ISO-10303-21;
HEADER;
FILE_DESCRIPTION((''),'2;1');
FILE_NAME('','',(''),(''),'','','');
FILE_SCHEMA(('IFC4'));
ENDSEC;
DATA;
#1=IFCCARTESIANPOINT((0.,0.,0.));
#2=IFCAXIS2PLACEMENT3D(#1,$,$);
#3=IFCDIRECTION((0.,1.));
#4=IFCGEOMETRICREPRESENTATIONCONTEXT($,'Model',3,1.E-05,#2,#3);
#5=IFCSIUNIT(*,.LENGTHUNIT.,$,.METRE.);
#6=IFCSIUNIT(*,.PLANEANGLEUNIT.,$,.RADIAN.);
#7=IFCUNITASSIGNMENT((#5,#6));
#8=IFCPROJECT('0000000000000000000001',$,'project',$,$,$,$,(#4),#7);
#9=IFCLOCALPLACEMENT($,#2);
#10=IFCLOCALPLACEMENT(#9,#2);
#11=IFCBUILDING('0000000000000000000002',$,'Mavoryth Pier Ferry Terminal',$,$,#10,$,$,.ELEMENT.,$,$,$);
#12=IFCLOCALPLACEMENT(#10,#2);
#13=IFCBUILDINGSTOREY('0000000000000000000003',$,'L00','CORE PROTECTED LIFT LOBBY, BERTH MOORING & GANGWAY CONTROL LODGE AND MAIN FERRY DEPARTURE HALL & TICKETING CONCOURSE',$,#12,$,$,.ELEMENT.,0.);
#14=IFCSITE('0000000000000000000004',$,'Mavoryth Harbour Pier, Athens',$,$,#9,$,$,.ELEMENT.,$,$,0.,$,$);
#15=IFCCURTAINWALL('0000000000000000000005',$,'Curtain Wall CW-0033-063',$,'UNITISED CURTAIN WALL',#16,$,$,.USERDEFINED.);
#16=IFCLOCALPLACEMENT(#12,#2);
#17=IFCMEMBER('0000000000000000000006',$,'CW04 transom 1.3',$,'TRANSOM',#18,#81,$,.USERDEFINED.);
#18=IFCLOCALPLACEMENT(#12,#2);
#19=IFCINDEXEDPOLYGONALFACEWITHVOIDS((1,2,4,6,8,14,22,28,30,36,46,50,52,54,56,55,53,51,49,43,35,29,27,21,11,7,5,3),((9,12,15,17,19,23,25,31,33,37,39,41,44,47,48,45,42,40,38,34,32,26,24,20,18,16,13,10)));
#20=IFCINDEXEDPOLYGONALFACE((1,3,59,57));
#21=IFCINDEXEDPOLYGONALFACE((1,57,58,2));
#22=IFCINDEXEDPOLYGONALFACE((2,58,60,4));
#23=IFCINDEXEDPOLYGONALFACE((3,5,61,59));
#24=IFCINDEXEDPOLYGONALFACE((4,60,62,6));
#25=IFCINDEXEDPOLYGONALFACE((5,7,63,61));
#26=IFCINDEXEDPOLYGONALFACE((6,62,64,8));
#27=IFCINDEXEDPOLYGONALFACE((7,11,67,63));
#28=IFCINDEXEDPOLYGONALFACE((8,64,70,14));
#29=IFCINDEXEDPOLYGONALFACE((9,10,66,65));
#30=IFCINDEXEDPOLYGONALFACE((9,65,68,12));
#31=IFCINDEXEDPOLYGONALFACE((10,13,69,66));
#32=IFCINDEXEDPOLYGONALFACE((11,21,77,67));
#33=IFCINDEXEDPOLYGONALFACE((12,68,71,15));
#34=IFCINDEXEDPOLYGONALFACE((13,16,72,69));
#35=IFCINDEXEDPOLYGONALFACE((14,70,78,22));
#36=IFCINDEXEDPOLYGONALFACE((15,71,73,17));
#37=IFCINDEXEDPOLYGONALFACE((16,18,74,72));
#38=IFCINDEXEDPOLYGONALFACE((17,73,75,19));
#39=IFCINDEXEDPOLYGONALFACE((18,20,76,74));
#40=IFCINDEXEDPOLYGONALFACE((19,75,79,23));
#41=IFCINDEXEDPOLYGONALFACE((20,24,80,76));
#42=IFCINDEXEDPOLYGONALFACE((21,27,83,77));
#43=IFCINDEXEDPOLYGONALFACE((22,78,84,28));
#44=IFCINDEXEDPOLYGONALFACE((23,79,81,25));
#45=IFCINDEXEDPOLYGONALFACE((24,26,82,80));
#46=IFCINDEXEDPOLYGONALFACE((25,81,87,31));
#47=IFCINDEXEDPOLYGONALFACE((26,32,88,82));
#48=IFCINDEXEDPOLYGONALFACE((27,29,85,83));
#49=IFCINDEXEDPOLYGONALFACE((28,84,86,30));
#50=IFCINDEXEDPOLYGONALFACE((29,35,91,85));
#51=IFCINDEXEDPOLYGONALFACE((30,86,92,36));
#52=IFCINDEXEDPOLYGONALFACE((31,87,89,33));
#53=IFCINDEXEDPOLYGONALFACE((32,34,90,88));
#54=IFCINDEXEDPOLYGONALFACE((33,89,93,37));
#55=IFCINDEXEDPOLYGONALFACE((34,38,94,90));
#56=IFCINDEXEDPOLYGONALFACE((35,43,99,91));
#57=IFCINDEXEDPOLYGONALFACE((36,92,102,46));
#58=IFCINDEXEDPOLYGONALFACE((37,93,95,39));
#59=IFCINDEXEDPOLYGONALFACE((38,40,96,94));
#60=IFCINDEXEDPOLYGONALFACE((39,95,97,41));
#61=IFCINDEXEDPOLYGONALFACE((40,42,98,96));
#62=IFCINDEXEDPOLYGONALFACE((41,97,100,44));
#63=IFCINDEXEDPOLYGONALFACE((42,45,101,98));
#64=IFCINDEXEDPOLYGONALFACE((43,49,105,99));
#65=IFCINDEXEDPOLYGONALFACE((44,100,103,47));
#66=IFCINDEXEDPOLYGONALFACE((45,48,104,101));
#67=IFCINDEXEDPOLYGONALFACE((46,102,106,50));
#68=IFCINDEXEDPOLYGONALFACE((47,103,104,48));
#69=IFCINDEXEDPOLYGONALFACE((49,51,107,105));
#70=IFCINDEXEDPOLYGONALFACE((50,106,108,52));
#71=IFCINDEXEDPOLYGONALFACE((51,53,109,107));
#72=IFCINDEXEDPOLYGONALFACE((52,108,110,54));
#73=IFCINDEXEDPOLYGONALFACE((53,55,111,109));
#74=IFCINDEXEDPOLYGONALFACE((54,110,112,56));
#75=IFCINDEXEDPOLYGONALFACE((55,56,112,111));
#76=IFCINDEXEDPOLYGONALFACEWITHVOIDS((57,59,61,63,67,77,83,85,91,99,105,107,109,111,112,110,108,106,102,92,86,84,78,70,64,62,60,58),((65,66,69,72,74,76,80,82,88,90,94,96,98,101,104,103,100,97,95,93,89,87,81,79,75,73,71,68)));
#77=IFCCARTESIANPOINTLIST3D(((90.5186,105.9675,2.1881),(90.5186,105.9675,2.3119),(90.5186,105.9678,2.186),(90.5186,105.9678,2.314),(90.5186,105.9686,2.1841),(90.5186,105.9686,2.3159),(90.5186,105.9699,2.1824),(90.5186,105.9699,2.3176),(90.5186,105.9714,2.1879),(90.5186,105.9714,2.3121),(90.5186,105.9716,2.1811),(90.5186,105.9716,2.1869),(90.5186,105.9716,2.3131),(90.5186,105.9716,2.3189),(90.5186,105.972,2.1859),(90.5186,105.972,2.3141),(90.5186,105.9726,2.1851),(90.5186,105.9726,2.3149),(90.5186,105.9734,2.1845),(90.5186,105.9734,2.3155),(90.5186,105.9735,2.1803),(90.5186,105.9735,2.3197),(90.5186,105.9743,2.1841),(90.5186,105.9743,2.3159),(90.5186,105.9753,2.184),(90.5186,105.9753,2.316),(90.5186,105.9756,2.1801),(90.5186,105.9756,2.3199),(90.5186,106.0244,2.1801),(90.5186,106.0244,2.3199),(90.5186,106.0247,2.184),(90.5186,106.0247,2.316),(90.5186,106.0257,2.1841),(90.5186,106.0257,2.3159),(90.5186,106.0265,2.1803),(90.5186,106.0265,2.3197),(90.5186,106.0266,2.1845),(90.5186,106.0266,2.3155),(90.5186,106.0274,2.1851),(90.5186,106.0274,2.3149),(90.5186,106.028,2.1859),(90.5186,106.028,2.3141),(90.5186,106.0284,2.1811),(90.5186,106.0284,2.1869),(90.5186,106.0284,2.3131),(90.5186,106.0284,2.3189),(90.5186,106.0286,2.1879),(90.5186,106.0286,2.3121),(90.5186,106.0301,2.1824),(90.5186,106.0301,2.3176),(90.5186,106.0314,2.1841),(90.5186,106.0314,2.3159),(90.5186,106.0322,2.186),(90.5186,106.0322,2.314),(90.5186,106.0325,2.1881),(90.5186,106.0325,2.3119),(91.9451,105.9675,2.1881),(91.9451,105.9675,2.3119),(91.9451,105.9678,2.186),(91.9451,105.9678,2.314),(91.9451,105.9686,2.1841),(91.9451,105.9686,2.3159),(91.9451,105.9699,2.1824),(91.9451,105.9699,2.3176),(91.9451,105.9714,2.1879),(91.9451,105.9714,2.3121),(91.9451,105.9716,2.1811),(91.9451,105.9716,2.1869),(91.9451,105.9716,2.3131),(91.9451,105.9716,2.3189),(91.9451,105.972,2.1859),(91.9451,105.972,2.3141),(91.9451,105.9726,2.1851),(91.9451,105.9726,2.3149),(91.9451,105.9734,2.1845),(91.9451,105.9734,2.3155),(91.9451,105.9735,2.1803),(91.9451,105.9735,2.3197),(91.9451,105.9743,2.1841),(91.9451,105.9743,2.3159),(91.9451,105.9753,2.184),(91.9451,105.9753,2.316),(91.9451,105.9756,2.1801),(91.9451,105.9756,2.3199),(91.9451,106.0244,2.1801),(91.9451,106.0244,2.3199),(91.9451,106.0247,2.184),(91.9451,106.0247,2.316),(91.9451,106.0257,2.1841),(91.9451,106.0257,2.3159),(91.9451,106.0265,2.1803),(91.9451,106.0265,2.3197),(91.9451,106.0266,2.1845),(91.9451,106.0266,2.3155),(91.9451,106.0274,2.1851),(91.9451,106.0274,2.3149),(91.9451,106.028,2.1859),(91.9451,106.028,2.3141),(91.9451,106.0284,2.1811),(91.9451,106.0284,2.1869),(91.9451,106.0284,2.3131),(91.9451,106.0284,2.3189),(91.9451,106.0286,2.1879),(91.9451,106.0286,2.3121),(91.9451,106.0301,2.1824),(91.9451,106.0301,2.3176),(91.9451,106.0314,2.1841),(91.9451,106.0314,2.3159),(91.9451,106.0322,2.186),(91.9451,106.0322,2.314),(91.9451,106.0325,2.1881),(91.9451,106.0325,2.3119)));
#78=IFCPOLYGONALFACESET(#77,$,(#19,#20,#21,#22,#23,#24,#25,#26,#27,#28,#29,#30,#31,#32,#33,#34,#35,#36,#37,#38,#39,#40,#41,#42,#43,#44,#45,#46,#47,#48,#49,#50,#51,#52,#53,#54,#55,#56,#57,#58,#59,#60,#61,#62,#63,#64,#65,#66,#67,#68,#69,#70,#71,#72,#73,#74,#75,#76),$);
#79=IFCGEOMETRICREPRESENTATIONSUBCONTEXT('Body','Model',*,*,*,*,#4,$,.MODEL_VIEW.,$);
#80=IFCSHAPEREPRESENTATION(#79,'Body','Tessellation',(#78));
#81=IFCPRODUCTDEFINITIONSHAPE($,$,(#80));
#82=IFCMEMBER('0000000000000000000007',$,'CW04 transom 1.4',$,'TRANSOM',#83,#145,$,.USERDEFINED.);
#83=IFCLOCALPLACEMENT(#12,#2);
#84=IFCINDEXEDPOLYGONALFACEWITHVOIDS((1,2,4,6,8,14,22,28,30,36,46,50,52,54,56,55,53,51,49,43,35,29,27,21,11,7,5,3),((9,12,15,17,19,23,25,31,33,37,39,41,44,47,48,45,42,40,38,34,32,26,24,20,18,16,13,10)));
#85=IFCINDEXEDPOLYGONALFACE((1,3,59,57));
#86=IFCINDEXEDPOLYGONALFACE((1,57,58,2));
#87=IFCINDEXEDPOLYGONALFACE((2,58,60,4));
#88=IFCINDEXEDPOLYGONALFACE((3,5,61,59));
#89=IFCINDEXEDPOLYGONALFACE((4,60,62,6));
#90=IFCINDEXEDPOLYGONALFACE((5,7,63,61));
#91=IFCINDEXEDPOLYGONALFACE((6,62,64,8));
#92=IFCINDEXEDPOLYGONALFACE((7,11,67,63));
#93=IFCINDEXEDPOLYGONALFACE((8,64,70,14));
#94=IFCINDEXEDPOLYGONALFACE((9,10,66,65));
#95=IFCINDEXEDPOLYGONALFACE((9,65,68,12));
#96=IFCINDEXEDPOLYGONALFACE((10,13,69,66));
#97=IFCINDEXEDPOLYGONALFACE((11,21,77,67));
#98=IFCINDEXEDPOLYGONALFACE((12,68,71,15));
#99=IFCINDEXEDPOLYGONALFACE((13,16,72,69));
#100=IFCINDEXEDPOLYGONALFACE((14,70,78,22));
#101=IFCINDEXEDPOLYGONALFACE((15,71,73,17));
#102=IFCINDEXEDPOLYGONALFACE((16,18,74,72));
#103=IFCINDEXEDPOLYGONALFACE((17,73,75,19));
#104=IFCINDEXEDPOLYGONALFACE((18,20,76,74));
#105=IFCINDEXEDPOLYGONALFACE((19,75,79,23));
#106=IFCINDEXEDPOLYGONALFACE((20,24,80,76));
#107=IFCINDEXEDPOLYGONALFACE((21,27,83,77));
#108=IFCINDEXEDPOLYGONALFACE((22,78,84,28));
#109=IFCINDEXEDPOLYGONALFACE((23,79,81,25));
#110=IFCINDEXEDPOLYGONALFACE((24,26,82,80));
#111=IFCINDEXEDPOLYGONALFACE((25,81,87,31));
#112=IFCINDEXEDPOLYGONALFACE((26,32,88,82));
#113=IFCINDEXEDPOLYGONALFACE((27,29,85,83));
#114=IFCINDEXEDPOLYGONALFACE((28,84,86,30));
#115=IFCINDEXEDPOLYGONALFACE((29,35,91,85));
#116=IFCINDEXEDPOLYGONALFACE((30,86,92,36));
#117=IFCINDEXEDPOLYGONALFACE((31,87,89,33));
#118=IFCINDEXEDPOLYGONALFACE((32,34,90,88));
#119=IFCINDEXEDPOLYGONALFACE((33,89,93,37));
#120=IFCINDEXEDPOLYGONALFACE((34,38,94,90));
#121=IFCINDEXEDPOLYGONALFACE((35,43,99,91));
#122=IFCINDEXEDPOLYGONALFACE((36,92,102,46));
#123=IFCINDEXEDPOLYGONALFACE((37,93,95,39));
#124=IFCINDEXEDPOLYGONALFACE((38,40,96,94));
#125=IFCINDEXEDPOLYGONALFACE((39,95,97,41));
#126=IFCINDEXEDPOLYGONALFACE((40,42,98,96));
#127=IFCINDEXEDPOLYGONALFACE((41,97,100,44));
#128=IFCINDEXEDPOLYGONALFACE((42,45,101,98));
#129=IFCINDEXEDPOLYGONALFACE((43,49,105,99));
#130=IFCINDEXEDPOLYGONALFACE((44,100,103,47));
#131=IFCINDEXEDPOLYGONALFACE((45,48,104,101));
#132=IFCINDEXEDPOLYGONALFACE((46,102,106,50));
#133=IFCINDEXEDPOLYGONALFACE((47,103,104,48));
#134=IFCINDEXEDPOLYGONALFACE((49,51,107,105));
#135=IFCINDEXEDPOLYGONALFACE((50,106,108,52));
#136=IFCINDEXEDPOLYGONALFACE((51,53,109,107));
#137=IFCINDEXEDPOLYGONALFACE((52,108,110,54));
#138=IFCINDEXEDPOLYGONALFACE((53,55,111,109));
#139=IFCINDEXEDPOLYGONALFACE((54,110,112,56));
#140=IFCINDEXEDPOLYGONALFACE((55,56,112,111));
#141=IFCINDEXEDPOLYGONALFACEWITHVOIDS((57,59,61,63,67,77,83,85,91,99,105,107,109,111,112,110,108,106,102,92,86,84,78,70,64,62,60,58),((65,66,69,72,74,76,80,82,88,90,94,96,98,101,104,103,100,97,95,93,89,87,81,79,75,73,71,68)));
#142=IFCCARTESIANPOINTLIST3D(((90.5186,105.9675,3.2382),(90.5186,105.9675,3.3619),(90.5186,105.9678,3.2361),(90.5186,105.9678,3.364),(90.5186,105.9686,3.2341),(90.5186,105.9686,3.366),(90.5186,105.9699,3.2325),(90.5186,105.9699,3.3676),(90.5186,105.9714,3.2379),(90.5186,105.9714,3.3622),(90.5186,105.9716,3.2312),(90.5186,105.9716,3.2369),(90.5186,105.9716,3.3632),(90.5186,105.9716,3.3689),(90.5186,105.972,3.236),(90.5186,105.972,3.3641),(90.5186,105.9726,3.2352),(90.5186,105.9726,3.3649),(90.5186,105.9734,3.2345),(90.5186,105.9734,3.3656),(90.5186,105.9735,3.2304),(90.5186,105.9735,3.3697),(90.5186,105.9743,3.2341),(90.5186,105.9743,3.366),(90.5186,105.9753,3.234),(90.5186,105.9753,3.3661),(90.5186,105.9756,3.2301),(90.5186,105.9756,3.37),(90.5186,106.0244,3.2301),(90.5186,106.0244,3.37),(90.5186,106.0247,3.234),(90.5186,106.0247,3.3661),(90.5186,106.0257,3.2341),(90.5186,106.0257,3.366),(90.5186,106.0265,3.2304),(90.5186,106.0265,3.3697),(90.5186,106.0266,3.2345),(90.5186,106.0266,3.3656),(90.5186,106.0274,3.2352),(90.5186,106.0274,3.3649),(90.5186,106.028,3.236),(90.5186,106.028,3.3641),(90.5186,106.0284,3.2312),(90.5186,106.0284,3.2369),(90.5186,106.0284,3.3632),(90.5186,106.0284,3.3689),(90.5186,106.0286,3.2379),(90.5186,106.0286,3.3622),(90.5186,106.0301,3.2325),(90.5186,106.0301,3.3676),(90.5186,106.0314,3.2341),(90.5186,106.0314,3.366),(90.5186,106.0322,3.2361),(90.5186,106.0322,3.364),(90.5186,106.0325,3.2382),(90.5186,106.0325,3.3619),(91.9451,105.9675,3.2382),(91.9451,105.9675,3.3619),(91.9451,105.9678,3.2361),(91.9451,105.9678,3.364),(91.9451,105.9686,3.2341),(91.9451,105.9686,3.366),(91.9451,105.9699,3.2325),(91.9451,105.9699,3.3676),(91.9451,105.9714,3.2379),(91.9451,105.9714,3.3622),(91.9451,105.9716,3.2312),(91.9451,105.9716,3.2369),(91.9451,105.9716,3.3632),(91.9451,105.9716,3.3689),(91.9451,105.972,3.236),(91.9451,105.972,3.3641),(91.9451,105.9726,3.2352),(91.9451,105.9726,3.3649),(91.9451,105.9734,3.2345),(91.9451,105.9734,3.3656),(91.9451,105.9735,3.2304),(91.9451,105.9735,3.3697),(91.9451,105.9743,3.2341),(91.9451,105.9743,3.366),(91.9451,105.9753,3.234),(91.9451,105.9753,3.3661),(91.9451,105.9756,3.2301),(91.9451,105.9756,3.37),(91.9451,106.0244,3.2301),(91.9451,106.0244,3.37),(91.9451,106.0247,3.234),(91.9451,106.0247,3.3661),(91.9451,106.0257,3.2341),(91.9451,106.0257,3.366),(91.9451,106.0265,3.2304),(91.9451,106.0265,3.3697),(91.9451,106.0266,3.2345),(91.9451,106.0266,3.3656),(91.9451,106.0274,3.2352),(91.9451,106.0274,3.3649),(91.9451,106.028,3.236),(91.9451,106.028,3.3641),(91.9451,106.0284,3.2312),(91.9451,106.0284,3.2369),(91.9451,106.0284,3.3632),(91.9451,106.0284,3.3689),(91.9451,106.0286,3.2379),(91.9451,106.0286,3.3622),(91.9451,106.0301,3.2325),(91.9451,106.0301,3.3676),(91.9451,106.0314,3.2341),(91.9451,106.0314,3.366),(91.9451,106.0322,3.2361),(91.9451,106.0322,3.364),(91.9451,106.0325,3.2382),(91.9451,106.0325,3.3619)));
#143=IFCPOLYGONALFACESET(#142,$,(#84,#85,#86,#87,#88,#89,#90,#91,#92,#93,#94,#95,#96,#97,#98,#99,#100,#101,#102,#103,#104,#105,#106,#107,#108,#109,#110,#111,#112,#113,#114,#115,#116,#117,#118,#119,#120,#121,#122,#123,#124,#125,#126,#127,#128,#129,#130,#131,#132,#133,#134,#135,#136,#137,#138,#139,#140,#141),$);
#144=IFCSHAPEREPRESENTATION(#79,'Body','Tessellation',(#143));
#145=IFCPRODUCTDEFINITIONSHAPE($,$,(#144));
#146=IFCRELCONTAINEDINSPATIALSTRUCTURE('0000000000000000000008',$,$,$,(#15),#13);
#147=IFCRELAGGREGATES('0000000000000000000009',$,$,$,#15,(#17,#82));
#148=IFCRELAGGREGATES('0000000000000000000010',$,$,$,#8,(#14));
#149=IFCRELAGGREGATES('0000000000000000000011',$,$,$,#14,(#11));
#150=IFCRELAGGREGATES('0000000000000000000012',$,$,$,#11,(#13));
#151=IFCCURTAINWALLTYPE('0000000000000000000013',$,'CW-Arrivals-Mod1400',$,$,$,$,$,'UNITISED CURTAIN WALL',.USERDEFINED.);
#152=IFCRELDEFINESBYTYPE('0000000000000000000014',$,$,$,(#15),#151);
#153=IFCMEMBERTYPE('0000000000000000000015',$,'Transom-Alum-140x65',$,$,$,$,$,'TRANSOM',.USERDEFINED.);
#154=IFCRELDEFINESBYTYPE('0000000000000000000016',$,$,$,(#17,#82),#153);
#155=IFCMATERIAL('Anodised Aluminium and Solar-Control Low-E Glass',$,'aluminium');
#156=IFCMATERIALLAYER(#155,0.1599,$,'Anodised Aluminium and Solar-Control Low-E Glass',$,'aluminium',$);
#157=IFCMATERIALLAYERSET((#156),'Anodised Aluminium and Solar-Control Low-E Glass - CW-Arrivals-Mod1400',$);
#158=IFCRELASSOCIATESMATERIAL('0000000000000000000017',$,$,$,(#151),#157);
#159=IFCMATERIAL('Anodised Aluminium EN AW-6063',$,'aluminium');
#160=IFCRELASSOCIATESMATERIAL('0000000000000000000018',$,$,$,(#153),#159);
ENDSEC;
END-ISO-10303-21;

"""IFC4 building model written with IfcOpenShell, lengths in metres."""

from ifc_helpers import new_model, si_unit, direction, frame, origin, origin_2d, place, context, subcontext, project, spatial, hollow_rectangle, extrude, material, layer, layer_set, material_profile, profile_set, type_object, element, aggregate, save


model = new_model("IFC4")

# Units and contexts
model_context = context("Model", 3, precision=1e-05, world=origin(), true_north=direction((0.0, 1.0)))
body_context = subcontext(model_context, "Body", "Model", "MODEL_VIEW")
ifc_project = project(units=[si_unit("LENGTHUNIT", "METRE"), si_unit("PLANEANGLEUNIT", "RADIAN")], contexts=[model_context])

# Site, building, storey
site_placement = place(None, origin())
site = spatial("IfcSite", under=ifc_project, at=site_placement, Name="Mavoryth Harbour Pier, Athens", CompositionType="ELEMENT", RefElevation=0.0)
building_placement = place(site_placement, origin())
building = spatial("IfcBuilding", under=site, at=building_placement, Name="Mavoryth Pier Ferry Terminal", CompositionType="ELEMENT")
storey_placement = place(building_placement, origin())
storey = spatial("IfcBuildingStorey", under=building, at=storey_placement, Name="L00", Description="CORE PROTECTED LIFT LOBBY, BERTH MOORING & GANGWAY CONTROL LODGE AND MAIN FERRY DEPARTURE HALL & TICKETING CONCOURSE", CompositionType="ELEMENT", Elevation=0.0)

# Curtain wall, members
ifc_material_1 = material(Name="Anodised Aluminium and Solar-Control Low-E Glass", Category="aluminium")
ifc_layer_1 = layer(ifc_material_1, 0.1599, Name="Anodised Aluminium and Solar-Control Low-E Glass", Category="aluminium")
ifc_layer_set_1 = layer_set([ifc_layer_1], Name="Anodised Aluminium and Solar-Control Low-E Glass - CW-Arrivals-Mod1400")
curtain_wall_type = type_object("IfcCurtainWallType", Name="CW-Arrivals-Mod1400", ElementType="UNITISED CURTAIN WALL", PredefinedType="USERDEFINED", material=ifc_layer_set_1)
curtain_wall_placement = place(storey_placement, origin())
curtain_wall = element("IfcCurtainWall", 1, at=curtain_wall_placement, inside=storey, type_object=curtain_wall_type, Name="Curtain Wall CW-0033-063", ObjectType="UNITISED CURTAIN WALL", PredefinedType="USERDEFINED")
ifc_material_2 = material(Name="Anodised Aluminium EN AW-6063", Category="aluminium")
ifc_material_profile_1 = material_profile(ifc_material_2, hollow_rectangle(XDim=0.0649, YDim=0.1399, WallThickness=0.0039, InnerFilletRadius=0.0039, OuterFilletRadius=0.0081, at=origin_2d()), Name="AL-TRAN 140x65x4", Category="aluminium")
ifc_profile_set_1 = profile_set([ifc_material_profile_1], Name="Anodised Aluminium EN AW-6063 - AL-TRAN 140x65x4")
member_type_1 = type_object("IfcMemberType", Name="Transom-Alum-140x65", ElementType="TRANSOM", PredefinedType="USERDEFINED", material=ifc_profile_set_1)
member_1_placement = place(storey_placement, frame((91.9451, 106.0, 2.25), z_axis=(-1.0, 0.0, 0.0), x_axis=(0.0, -1.0, 0.0)))
member_1 = element("IfcMember", 2, at=member_1_placement, type_object=member_type_1, Name="CW04 transom 1.3", ObjectType="TRANSOM", PredefinedType="USERDEFINED", context=body_context, shape_type="SweptSolid", body=[
    extrude(hollow_rectangle(XDim=0.0649, YDim=0.1399, WallThickness=0.0039, InnerFilletRadius=0.0039, OuterFilletRadius=0.0081, at=origin_2d()), origin(), (0.0, 0.0, 1.0), 1.4265),
])
member_2_placement = place(storey_placement, frame((91.9451, 106.0, 3.3), z_axis=(-1.0, 0.0, 0.0), x_axis=(0.0, -1.0, 0.0)))
member_2 = element("IfcMember", 3, at=member_2_placement, type_object=member_type_1, Name="CW04 transom 1.4", ObjectType="TRANSOM", PredefinedType="USERDEFINED", context=body_context, shape_type="SweptSolid", body=[
    extrude(hollow_rectangle(XDim=0.0649, YDim=0.1399, WallThickness=0.0039, InnerFilletRadius=0.0039, OuterFilletRadius=0.0081, at=origin_2d()), origin(), (0.0, 0.0, 1.0), 1.4265),
])
aggregate(curtain_wall, [member_1, member_2])

save(model, "model.ifc")
